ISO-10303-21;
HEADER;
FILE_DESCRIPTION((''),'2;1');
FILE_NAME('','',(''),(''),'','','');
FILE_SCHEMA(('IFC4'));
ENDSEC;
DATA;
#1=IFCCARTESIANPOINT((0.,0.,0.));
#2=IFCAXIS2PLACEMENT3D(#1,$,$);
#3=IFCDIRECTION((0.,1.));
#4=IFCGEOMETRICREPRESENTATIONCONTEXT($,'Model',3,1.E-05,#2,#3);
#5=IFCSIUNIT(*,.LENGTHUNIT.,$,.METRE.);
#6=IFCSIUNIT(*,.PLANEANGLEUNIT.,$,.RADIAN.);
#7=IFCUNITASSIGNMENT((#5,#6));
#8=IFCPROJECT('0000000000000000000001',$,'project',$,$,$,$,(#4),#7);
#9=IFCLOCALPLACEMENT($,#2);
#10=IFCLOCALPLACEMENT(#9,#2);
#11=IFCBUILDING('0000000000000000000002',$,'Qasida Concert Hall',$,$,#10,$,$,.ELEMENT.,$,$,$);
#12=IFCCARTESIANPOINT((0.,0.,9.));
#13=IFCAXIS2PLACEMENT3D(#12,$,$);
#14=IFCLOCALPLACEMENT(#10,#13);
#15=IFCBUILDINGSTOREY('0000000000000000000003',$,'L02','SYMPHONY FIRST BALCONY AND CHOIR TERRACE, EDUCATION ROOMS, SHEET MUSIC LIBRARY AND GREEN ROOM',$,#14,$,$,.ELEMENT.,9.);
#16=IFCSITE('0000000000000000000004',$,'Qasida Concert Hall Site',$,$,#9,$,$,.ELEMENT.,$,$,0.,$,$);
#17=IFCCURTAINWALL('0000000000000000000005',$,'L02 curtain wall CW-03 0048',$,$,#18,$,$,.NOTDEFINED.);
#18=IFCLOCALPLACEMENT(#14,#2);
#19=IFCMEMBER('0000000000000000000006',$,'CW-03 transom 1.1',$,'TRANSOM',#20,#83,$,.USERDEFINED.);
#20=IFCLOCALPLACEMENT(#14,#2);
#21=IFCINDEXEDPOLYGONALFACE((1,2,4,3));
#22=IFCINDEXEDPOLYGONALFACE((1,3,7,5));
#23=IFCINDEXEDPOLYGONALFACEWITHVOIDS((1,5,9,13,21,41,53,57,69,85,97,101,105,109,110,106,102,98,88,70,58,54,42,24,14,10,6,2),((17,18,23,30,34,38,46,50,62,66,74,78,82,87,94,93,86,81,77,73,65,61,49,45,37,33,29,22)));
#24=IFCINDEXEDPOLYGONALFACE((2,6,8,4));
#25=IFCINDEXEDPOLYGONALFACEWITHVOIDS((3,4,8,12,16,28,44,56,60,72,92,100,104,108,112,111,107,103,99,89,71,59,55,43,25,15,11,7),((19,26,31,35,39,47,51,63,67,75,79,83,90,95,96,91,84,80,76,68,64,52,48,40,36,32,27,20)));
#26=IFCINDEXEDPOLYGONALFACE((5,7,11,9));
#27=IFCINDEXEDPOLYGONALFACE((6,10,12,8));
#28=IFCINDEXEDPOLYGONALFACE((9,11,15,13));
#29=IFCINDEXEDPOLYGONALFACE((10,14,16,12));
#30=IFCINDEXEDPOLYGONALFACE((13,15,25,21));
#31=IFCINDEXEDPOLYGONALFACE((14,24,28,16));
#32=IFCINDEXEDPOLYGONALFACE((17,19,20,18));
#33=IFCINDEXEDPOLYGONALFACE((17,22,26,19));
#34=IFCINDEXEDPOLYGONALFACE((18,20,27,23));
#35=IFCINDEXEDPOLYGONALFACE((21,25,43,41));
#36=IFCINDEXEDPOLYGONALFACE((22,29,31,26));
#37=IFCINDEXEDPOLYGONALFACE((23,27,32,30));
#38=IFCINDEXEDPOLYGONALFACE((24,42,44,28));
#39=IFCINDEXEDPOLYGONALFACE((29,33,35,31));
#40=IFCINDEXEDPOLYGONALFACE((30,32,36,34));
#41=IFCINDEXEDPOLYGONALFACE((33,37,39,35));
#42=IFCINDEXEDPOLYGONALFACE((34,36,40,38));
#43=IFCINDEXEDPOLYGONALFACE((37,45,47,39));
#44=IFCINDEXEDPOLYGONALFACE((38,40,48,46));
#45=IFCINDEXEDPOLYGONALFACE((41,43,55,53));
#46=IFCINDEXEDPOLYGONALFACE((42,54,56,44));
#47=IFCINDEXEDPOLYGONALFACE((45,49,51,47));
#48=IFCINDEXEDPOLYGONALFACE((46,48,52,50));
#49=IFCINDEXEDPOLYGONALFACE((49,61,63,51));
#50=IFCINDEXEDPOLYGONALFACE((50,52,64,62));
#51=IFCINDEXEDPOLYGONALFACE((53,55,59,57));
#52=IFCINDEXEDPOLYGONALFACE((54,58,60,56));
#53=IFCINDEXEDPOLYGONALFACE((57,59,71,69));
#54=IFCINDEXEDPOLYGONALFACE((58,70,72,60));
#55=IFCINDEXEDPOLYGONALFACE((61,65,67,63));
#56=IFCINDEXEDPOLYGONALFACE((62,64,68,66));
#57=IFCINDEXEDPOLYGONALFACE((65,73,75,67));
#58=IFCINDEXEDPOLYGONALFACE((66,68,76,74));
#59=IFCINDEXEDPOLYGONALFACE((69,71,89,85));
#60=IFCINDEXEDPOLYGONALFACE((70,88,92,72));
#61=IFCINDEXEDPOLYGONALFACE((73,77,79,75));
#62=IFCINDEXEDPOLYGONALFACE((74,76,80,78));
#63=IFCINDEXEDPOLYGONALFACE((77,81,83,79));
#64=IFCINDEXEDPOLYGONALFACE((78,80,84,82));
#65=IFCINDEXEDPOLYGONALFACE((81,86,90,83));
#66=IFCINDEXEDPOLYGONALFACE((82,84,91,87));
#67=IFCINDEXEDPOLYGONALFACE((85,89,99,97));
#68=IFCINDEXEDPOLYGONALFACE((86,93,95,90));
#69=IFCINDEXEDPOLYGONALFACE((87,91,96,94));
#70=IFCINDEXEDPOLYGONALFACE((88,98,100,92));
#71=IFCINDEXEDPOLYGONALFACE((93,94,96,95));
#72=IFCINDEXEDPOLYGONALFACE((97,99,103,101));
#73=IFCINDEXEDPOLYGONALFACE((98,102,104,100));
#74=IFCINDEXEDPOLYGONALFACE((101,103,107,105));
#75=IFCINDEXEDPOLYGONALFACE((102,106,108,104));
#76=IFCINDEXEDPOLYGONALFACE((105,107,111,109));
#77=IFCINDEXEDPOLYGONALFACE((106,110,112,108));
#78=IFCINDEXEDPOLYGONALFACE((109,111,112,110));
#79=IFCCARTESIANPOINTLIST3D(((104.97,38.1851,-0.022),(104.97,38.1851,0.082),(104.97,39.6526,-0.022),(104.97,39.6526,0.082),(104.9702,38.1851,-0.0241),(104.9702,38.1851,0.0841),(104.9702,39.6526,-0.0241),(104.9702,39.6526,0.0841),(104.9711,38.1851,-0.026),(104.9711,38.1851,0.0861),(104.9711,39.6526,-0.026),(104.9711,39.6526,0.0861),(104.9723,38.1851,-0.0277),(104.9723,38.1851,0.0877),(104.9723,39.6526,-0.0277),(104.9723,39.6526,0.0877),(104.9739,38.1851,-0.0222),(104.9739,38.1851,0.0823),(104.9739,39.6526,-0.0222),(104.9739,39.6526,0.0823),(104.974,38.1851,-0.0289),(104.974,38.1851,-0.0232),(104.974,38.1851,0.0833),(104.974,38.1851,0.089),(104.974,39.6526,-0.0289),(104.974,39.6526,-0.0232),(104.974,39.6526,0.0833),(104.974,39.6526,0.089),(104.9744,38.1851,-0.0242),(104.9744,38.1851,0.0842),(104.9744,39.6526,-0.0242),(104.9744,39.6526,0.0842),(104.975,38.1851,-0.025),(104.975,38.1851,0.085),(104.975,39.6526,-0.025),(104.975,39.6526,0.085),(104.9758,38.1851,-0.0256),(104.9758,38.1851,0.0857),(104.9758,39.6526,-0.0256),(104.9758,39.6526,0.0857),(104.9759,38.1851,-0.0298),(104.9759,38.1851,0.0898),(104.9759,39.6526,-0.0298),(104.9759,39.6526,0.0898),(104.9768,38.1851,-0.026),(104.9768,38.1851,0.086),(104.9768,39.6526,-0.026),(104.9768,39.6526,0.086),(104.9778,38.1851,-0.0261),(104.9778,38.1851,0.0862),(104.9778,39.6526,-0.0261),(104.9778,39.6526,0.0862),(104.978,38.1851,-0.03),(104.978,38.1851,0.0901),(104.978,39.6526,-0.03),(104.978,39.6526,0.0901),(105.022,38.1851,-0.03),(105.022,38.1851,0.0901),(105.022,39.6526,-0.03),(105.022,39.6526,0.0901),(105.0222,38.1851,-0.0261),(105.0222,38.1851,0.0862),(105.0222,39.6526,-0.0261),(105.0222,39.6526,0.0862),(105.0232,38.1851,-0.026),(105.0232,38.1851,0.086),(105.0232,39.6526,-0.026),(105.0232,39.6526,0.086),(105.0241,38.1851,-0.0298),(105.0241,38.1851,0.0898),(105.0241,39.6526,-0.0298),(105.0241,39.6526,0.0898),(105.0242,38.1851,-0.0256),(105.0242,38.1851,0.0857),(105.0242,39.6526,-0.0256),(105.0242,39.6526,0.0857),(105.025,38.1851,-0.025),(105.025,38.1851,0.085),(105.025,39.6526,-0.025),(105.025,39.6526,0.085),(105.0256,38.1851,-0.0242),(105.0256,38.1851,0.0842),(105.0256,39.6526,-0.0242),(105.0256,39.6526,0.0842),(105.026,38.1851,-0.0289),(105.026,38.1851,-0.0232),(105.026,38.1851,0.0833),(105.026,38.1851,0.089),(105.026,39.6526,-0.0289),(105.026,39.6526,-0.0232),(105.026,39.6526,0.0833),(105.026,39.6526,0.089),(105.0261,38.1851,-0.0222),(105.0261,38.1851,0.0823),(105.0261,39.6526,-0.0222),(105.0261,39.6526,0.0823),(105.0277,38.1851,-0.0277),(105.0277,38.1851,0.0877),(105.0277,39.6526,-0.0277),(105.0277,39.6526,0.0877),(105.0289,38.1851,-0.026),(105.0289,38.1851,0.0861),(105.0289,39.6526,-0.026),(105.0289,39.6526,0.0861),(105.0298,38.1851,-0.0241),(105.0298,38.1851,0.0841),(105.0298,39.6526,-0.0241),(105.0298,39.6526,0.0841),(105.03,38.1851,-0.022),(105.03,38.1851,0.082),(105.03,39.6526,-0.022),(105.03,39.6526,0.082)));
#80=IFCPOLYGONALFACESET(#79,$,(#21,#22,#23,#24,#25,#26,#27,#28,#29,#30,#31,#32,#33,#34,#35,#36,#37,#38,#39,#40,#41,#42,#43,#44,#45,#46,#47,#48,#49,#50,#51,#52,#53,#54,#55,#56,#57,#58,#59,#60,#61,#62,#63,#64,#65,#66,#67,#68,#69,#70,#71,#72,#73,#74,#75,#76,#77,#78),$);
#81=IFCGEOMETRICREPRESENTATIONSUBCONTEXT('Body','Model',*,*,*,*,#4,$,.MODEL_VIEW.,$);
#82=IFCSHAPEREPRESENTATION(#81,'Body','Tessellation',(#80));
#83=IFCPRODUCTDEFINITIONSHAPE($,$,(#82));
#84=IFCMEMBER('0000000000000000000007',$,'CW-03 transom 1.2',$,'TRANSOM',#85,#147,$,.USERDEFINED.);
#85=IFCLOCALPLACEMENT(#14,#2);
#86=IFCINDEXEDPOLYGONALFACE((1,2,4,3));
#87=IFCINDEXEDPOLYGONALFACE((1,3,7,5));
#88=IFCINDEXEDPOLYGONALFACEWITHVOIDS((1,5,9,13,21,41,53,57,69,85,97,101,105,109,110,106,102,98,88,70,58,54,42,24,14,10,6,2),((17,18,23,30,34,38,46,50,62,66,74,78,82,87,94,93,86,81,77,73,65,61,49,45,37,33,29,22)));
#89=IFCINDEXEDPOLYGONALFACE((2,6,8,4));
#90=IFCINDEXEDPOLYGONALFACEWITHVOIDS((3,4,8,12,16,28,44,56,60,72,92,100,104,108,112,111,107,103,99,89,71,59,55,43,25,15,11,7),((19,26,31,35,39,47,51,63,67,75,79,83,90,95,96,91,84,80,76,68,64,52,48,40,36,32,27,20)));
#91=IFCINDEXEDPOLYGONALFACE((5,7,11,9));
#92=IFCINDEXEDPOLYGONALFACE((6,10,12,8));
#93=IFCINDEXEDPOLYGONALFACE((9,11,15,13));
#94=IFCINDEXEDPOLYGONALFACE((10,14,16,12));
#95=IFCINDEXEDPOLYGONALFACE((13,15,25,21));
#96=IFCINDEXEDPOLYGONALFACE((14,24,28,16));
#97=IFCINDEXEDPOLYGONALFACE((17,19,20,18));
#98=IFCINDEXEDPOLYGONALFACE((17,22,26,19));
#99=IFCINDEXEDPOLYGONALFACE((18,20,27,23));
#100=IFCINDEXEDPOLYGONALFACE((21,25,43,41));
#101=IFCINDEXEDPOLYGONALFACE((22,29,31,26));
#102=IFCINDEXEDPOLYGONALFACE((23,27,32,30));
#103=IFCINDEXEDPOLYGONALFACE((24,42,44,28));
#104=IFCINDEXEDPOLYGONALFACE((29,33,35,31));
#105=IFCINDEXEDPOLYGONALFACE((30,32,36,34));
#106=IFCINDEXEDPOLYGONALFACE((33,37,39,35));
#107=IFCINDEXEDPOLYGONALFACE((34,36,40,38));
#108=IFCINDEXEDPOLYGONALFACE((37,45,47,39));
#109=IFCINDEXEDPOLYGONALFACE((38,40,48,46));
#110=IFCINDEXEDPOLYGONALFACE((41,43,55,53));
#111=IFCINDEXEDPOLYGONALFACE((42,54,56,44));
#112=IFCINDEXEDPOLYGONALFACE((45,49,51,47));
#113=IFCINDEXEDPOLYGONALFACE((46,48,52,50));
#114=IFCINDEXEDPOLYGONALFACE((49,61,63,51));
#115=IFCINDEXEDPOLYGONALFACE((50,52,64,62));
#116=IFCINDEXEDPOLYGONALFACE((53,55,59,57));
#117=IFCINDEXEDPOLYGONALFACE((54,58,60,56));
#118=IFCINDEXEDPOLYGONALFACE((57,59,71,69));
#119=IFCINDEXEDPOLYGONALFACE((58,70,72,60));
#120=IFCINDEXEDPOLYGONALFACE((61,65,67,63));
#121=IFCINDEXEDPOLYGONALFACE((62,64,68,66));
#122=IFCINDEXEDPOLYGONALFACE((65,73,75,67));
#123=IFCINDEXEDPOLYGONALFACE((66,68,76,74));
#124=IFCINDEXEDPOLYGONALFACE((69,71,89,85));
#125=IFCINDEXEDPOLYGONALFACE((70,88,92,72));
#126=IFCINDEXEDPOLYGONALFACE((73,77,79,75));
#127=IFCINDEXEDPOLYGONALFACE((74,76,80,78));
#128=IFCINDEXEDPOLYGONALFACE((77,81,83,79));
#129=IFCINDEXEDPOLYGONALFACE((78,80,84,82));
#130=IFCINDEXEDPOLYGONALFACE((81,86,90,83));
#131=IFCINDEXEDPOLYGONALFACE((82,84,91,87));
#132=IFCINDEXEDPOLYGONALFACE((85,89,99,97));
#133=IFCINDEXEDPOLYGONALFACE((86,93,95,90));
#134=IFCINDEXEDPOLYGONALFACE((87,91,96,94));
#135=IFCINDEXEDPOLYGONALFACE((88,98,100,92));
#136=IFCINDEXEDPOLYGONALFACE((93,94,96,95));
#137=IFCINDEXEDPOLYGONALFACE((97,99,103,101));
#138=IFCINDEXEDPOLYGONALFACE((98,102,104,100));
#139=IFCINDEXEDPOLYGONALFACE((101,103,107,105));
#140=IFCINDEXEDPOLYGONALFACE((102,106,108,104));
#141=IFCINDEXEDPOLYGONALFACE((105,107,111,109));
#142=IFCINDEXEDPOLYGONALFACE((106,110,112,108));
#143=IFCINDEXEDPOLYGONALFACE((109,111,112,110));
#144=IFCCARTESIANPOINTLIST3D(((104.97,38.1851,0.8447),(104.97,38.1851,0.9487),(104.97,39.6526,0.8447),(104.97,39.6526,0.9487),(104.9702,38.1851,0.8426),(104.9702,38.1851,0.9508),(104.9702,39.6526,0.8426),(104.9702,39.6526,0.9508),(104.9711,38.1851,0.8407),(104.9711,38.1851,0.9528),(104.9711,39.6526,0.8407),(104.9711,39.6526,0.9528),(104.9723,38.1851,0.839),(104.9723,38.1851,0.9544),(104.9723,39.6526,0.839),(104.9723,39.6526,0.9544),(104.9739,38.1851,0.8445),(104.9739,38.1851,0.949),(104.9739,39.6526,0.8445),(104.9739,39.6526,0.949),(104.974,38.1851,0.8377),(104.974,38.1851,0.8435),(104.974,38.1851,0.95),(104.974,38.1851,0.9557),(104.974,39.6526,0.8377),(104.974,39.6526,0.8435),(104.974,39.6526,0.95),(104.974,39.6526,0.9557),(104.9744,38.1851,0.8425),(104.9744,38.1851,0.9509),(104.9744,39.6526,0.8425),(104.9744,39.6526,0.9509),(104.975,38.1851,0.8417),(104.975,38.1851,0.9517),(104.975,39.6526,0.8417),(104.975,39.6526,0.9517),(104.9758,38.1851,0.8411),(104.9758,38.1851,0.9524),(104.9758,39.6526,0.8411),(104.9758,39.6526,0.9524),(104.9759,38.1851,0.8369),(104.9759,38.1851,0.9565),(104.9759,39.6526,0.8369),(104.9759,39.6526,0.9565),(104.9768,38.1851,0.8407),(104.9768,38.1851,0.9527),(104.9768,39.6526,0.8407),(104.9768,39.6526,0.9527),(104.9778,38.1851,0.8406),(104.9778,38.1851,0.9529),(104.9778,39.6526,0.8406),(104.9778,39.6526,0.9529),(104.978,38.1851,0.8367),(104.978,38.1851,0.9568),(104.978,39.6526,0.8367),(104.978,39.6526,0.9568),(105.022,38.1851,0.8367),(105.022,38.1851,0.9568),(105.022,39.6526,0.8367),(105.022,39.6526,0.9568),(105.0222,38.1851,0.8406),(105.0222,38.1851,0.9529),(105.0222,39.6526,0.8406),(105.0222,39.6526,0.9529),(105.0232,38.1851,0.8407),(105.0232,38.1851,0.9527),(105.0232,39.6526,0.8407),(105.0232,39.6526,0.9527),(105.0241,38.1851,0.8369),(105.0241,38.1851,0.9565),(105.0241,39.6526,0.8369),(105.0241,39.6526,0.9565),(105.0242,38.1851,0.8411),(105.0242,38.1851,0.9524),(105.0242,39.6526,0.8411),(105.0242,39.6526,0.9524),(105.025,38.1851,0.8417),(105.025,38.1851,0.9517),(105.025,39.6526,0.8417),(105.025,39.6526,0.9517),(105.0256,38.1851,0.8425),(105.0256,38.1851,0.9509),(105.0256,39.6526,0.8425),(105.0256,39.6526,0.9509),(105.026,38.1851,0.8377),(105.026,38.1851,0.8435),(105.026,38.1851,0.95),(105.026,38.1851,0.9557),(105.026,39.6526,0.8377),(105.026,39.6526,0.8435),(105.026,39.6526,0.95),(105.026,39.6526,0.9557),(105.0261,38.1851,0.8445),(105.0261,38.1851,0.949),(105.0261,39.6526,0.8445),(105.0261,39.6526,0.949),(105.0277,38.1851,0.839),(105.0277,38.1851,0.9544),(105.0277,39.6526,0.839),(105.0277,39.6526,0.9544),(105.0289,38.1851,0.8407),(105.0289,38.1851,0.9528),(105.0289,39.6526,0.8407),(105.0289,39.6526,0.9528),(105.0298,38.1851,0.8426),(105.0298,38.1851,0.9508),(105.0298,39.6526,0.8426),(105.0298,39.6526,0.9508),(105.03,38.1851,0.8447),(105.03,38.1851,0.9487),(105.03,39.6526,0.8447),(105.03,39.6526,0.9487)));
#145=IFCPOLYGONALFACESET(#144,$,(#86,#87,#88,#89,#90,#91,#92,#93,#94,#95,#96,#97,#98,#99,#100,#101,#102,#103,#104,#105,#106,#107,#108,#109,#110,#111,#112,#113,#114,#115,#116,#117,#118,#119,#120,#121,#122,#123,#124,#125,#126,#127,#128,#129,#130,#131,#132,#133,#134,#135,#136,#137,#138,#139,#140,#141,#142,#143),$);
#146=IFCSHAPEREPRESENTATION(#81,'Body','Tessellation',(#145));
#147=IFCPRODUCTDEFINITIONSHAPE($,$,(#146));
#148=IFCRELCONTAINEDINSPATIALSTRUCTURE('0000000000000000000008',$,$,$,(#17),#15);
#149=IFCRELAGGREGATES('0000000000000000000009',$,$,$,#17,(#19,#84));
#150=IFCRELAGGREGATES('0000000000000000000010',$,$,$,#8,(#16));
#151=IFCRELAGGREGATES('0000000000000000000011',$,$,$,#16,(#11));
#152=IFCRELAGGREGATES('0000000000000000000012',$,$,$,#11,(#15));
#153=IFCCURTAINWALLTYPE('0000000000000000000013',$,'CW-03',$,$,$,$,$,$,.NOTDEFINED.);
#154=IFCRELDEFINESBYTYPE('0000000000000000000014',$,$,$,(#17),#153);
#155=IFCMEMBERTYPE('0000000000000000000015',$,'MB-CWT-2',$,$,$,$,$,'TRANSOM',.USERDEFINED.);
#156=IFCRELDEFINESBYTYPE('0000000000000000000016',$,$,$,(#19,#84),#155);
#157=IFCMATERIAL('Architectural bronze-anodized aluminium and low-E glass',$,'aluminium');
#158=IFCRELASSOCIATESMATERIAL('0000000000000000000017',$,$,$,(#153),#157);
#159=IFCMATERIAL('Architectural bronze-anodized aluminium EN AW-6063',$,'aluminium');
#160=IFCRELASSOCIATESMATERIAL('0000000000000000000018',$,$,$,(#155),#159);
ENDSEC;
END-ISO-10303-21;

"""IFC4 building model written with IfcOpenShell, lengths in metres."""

from ifc_helpers import new_model, si_unit, direction, frame, origin, origin_2d, place, context, subcontext, project, spatial, hollow_rectangle, extrude, material, material_profile, profile_set, type_object, element, aggregate, save


model = new_model("IFC4")

# Units and contexts
model_context = context("Model", 3, precision=1e-05, world=origin(), true_north=direction((0.0, 1.0)))
body_context = subcontext(model_context, "Body", "Model", "MODEL_VIEW")
ifc_project = project(units=[si_unit("LENGTHUNIT", "METRE"), si_unit("PLANEANGLEUNIT", "RADIAN")], contexts=[model_context])

# Site, building, storey
site_placement = place(None, origin())
site = spatial("IfcSite", under=ifc_project, at=site_placement, Name="Qasida Concert Hall Site", CompositionType="ELEMENT", RefElevation=0.0)
building_placement = place(site_placement, origin())
building = spatial("IfcBuilding", under=site, at=building_placement, Name="Qasida Concert Hall", CompositionType="ELEMENT")
storey_placement = place(building_placement, frame((0.0, 0.0, 9.0)))
storey = spatial("IfcBuildingStorey", under=building, at=storey_placement, Name="L02", Description="SYMPHONY FIRST BALCONY AND CHOIR TERRACE, EDUCATION ROOMS, SHEET MUSIC LIBRARY AND GREEN ROOM", CompositionType="ELEMENT", Elevation=9.0)

# Shared definitions
ifc_material_1 = material(Name="Architectural bronze-anodized aluminium and low-E glass", Category="aluminium")
curtain_wall_type = type_object("IfcCurtainWallType", Name="CW-03", PredefinedType="NOTDEFINED", material=ifc_material_1)
ifc_material_2 = material(Name="Architectural bronze-anodized aluminium EN AW-6063", Category="aluminium")

# Curtain wall
curtain_wall_1_placement = place(storey_placement, origin())
curtain_wall_1 = element("IfcCurtainWall", 1, at=curtain_wall_1_placement, inside=storey, type_object=curtain_wall_type, Name="L02 curtain wall CW-03 0048", PredefinedType="NOTDEFINED")

# Members
ifc_material_profile_1 = material_profile(ifc_material_2, hollow_rectangle(XDim=0.0601, YDim=0.1201, WallThickness=0.0039, InnerFilletRadius=0.0039, OuterFilletRadius=0.0081, at=origin_2d()), Name="CWT 120x60x4")
ifc_profile_set_1 = profile_set([ifc_material_profile_1], Name="Architectural bronze-anodized aluminium EN AW-6063")
member_type_1 = type_object("IfcMemberType", Name="MB-CWT-2", ElementType="TRANSOM", PredefinedType="USERDEFINED", material=ifc_profile_set_1)
member_1_placement = place(storey_placement, frame((105.0, 38.1851, 0.03), z_axis=(0.0, 1.0, 0.0), x_axis=(-1.0, 0.0, 0.0)))
member_1 = element("IfcMember", 2, at=member_1_placement, type_object=member_type_1, Name="CW-03 transom 1.1", ObjectType="TRANSOM", PredefinedType="USERDEFINED", context=body_context, shape_type="SweptSolid", body=[
    extrude(hollow_rectangle(XDim=0.0601, YDim=0.1201, WallThickness=0.0039, InnerFilletRadius=0.0039, OuterFilletRadius=0.0081, at=origin_2d()), origin(), (0.0, 0.0, 1.0), 1.4675),
])
member_2_placement = place(storey_placement, frame((105.0, 38.1851, 0.8967), z_axis=(0.0, 1.0, 0.0), x_axis=(-1.0, 0.0, 0.0)))
member_2 = element("IfcMember", 3, at=member_2_placement, type_object=member_type_1, Name="CW-03 transom 1.2", ObjectType="TRANSOM", PredefinedType="USERDEFINED", context=body_context, shape_type="SweptSolid", body=[
    extrude(hollow_rectangle(XDim=0.0601, YDim=0.1201, WallThickness=0.0039, InnerFilletRadius=0.0039, OuterFilletRadius=0.0081, at=origin_2d()), origin(), (0.0, 0.0, 1.0), 1.4675),
])

aggregate(curtain_wall_1, [member_1, member_2])

save(model, "model.ifc")
